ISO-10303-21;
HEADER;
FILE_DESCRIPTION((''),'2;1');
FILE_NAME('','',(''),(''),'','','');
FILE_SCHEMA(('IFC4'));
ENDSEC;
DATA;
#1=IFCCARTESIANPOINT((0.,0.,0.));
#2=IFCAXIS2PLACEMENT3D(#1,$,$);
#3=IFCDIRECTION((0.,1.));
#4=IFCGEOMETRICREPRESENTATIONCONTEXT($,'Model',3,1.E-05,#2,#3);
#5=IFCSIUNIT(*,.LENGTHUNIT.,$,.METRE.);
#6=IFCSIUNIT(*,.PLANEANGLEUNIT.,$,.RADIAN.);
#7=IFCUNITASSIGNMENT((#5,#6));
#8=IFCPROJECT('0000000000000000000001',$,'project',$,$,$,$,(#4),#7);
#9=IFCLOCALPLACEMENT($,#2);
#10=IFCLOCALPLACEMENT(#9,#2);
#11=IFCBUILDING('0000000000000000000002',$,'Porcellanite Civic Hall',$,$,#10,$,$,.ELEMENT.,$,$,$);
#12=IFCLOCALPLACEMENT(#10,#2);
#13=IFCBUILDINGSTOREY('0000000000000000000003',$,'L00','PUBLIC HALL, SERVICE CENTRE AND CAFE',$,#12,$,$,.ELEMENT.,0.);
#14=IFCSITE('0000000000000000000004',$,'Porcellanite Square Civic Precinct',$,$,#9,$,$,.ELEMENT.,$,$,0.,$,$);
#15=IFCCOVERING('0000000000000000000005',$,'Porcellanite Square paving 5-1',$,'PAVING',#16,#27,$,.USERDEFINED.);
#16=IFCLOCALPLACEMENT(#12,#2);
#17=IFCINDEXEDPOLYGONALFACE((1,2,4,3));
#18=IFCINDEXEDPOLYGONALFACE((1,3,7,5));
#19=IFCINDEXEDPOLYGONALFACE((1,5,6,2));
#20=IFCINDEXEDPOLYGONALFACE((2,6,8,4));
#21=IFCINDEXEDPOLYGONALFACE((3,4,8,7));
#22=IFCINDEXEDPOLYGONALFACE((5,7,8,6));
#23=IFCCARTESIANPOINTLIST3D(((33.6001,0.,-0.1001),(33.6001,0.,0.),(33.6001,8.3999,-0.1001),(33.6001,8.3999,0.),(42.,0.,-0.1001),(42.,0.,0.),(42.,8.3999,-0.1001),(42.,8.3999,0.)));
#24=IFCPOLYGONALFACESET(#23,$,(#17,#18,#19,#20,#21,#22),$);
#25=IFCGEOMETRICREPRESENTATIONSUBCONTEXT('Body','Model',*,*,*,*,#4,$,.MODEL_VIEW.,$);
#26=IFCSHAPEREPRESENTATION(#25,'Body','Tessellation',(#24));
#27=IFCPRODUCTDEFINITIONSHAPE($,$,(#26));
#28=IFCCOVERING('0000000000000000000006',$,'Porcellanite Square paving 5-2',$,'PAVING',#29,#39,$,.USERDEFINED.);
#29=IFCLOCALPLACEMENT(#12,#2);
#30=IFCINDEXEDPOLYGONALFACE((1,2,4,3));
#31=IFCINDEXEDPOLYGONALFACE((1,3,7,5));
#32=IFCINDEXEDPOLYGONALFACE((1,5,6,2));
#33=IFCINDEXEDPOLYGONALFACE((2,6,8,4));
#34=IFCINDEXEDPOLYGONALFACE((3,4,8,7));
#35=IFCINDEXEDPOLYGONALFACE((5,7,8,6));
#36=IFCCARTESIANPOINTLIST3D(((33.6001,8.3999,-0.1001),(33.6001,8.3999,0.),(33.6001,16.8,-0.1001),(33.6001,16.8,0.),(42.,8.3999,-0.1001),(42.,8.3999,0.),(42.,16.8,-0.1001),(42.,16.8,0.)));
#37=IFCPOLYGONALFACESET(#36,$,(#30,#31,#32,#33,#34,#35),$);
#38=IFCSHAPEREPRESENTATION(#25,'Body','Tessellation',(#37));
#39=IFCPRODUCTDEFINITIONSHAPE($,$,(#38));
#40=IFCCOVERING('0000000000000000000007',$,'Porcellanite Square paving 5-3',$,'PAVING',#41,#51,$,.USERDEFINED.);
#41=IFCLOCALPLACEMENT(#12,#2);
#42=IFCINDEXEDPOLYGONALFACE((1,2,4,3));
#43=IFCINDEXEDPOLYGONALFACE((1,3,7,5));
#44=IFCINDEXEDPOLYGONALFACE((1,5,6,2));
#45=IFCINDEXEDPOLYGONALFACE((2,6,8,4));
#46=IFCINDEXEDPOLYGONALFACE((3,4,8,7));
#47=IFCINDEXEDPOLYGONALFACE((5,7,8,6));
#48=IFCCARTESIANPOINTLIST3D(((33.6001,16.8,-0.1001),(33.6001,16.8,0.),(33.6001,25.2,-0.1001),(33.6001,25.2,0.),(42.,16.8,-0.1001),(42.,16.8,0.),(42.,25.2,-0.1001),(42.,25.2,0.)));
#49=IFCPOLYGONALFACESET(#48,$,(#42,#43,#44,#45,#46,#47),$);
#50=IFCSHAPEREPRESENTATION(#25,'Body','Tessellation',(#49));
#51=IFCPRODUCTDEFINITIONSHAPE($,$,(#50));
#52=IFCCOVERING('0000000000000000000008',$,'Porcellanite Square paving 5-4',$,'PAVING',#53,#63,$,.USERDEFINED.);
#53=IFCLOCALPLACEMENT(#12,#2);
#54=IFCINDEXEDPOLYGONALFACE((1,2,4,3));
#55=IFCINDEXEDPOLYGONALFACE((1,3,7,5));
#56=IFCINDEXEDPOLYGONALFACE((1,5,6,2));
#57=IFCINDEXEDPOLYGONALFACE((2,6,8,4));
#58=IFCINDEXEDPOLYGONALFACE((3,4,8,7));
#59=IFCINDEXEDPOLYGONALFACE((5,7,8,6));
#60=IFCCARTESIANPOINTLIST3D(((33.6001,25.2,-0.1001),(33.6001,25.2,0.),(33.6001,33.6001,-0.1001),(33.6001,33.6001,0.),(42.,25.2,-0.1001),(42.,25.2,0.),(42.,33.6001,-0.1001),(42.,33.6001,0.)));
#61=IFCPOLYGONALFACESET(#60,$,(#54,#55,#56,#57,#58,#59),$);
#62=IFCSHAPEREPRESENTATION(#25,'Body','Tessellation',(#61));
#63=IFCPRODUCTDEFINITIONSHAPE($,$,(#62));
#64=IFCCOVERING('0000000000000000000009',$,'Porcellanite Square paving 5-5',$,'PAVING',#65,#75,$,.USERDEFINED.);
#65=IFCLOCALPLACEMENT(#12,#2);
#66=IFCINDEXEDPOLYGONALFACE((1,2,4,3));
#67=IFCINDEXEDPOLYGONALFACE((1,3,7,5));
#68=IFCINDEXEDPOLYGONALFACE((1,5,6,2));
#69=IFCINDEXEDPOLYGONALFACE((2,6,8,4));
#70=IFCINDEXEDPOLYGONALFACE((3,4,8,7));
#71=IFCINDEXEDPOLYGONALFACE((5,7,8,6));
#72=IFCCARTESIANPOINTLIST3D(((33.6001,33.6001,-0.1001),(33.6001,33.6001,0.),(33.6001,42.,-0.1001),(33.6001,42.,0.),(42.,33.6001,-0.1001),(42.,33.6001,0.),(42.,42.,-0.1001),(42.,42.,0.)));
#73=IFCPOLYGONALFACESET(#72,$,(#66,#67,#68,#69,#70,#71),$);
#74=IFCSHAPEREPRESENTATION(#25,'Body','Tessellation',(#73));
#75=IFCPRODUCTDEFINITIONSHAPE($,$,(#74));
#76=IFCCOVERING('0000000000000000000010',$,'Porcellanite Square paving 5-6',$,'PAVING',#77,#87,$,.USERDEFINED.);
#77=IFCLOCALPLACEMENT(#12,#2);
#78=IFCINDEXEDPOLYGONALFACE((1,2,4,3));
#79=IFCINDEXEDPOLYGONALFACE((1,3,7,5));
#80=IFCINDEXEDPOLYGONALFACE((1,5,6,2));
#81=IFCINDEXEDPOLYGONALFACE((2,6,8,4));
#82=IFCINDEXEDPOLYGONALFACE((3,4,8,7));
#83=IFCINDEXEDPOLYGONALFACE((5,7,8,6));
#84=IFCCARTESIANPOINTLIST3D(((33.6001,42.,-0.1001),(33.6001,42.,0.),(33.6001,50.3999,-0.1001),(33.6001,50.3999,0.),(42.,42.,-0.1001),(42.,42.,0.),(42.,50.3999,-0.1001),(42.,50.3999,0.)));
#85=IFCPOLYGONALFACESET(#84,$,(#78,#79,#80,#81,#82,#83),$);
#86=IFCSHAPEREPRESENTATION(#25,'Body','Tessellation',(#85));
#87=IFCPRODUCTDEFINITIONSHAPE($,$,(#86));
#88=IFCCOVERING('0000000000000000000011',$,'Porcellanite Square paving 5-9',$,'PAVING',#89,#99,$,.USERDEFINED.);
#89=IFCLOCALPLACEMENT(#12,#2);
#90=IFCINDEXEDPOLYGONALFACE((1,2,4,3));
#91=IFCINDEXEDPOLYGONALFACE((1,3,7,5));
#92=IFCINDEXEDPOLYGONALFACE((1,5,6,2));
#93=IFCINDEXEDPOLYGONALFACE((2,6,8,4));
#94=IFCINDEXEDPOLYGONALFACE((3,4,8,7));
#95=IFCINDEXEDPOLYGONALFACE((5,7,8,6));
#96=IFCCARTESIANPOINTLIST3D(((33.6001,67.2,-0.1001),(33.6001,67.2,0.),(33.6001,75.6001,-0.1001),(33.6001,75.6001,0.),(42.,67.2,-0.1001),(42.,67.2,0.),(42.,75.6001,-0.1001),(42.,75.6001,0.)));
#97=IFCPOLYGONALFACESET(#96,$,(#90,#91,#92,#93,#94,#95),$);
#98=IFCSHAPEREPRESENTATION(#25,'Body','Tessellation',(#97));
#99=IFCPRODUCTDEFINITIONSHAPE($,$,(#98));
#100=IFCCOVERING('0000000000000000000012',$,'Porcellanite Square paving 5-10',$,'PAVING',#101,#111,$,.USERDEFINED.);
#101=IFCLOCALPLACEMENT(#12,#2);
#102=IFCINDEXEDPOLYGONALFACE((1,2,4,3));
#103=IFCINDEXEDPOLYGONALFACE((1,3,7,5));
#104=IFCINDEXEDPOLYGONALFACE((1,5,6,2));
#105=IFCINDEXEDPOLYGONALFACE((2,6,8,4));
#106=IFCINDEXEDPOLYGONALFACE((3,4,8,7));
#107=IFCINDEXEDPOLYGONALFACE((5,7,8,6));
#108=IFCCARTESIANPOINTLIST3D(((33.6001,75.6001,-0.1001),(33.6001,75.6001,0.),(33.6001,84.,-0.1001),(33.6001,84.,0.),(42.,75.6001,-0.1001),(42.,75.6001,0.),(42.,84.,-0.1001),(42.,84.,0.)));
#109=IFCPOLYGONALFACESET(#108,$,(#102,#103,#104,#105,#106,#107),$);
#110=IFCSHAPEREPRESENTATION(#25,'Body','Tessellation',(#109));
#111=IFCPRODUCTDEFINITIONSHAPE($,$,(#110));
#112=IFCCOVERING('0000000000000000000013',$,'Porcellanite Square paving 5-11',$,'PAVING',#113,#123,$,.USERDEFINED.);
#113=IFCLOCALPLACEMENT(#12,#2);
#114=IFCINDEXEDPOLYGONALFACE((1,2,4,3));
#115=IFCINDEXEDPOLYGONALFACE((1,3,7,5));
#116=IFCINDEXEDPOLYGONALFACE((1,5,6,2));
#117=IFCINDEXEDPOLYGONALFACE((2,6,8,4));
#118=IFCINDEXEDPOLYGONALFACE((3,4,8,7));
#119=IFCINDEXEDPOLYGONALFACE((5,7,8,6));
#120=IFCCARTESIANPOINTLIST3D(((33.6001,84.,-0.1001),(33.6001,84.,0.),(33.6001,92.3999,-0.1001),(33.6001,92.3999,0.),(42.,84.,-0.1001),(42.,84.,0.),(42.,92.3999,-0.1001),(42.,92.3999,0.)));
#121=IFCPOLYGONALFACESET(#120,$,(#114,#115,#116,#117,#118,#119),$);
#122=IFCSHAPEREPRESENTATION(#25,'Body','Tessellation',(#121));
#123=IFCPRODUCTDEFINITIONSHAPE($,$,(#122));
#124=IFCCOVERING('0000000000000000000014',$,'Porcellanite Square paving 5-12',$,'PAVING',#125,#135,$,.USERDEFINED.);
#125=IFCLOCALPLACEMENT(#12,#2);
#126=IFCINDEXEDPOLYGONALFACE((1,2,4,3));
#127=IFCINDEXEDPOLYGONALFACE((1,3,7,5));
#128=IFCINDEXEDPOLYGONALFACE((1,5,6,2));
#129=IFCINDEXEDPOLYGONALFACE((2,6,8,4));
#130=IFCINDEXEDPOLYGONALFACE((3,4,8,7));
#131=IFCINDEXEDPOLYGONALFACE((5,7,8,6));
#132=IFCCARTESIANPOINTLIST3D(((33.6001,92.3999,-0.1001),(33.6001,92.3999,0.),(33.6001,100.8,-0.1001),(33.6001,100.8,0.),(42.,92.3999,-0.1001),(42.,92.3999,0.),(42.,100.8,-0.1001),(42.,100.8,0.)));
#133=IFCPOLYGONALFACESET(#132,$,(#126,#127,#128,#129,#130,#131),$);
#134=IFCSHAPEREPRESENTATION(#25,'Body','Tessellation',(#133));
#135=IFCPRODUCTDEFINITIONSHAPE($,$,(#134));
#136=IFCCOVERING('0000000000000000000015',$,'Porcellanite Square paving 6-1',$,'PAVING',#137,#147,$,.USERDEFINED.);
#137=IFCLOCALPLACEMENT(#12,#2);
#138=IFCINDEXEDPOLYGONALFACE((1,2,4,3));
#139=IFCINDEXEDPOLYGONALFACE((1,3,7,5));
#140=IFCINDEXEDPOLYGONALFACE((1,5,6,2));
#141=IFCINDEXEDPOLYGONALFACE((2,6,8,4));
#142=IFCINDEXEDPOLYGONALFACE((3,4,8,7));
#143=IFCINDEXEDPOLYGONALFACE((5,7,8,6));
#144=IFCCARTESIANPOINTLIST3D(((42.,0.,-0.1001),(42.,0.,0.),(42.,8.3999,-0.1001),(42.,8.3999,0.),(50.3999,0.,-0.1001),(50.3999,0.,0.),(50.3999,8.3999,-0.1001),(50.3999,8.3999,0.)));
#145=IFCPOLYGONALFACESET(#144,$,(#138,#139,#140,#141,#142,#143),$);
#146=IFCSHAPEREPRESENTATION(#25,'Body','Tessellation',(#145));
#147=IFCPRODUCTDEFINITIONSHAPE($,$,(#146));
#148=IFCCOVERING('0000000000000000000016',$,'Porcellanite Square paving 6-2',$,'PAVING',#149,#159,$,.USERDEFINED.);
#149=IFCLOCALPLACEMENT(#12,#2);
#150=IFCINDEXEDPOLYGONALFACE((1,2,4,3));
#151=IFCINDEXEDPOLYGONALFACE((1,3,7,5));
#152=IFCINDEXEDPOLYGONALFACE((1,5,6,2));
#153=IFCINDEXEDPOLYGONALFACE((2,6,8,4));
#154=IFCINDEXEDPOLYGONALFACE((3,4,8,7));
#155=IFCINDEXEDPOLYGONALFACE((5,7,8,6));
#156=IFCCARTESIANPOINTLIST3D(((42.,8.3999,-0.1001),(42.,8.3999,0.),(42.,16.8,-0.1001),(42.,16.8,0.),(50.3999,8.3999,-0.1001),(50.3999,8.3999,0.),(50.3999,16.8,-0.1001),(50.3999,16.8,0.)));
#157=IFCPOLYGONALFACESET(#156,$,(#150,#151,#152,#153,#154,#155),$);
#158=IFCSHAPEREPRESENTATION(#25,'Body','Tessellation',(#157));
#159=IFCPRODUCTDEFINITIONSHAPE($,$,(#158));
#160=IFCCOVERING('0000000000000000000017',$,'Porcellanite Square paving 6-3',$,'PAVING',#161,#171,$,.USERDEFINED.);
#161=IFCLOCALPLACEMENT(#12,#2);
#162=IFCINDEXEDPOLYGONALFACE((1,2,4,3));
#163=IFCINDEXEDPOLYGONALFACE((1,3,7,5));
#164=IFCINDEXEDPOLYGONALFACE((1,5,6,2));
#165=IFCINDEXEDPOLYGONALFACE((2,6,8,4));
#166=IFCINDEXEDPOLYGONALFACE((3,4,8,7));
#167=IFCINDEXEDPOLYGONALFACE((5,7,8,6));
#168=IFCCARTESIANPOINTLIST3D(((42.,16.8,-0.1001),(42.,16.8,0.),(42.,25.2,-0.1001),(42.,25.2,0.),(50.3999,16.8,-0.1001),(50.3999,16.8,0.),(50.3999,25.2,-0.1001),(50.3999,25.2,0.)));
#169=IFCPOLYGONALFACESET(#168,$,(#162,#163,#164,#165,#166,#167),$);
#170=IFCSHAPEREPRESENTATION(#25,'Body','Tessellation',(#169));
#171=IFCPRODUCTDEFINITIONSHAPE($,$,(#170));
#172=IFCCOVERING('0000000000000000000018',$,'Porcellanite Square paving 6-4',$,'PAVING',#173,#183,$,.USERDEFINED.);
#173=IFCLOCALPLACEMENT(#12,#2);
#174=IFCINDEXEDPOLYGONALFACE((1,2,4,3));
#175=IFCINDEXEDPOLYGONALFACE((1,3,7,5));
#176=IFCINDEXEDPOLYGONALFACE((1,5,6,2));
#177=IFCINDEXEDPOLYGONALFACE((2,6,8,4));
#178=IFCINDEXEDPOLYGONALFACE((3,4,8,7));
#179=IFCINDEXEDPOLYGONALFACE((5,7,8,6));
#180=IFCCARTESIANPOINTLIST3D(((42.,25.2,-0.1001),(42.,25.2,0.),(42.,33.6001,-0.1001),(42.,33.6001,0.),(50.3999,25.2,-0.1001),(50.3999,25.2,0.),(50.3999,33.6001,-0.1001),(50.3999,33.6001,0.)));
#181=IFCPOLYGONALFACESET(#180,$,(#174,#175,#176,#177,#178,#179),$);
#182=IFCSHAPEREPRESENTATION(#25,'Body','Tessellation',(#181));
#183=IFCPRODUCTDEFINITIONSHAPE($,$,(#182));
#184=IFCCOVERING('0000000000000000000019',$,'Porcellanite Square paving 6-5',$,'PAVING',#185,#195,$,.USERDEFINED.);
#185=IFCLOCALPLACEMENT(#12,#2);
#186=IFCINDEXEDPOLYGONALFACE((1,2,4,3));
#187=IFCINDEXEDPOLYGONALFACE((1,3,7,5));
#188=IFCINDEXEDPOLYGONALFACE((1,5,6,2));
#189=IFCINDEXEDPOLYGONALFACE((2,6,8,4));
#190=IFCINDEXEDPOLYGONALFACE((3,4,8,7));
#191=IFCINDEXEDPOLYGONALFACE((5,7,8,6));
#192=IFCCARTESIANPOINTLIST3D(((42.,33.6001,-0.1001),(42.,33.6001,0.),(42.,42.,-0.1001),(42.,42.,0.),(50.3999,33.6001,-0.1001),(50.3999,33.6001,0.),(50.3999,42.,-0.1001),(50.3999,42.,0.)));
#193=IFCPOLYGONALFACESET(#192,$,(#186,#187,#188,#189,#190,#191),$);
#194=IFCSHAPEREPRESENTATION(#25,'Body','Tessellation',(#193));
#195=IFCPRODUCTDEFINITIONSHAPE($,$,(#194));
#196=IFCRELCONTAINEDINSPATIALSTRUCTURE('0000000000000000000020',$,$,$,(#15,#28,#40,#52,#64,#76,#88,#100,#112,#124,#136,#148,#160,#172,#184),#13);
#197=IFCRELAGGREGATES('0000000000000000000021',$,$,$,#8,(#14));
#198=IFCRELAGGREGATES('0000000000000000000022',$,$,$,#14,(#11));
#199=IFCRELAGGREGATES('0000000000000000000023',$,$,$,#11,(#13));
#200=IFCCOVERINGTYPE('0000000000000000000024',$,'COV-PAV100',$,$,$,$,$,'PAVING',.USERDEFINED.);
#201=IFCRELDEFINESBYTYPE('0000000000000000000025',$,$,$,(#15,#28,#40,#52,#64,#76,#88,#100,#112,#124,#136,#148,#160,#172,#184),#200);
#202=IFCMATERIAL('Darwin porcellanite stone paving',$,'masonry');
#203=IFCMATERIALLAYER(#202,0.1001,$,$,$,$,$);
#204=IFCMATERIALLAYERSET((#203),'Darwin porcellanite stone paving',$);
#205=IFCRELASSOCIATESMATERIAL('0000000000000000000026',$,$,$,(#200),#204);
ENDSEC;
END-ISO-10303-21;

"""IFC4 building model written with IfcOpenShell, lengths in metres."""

from ifc_helpers import new_model, si_unit, direction, frame, origin, place, context, subcontext, project, spatial, polyline, outline, extrude, material, layer, layer_set, type_object, element, save


model = new_model("IFC4")

# Units and contexts
model_context = context("Model", 3, precision=1e-05, world=origin(), true_north=direction((0.0, 1.0)))
body_context = subcontext(model_context, "Body", "Model", "MODEL_VIEW")
ifc_project = project(units=[si_unit("LENGTHUNIT", "METRE"), si_unit("PLANEANGLEUNIT", "RADIAN")], contexts=[model_context])

# Site, building, storey
site_placement = place(None, origin())
site = spatial("IfcSite", under=ifc_project, at=site_placement, Name="Porcellanite Square Civic Precinct", CompositionType="ELEMENT", RefElevation=0.0)
building_placement = place(site_placement, origin())
building = spatial("IfcBuilding", under=site, at=building_placement, Name="Porcellanite Civic Hall", CompositionType="ELEMENT")
storey_placement = place(building_placement, origin())
storey = spatial("IfcBuildingStorey", under=building, at=storey_placement, Name="L00", Description="PUBLIC HALL, SERVICE CENTRE AND CAFE", CompositionType="ELEMENT", Elevation=0.0)

# Coverings
ifc_material = material(Name="Darwin porcellanite stone paving", Category="masonry")
ifc_layer = layer(ifc_material, 0.1001)
ifc_layer_set = layer_set([ifc_layer], Name="Darwin porcellanite stone paving")
covering_type = type_object("IfcCoveringType", Name="COV-PAV100", ElementType="PAVING", PredefinedType="USERDEFINED", material=ifc_layer_set)
covering_1_placement = place(storey_placement, frame((0.0, 0.0, -0.1001)))
element("IfcCovering", 1, at=covering_1_placement, inside=storey, type_object=covering_type, Name="Porcellanite Square paving 5-1", ObjectType="PAVING", PredefinedType="USERDEFINED", context=body_context, shape_type="SweptSolid", body=[
    extrude(outline(polyline([(33.6001, 0.0), (42.0, 0.0), (42.0, 8.3999), (33.6001, 8.3999), (33.6001, 0.0)])), origin(), (0.0, 0.0, 1.0), 0.1001),
])
covering_2_placement = place(storey_placement, frame((0.0, 0.0, -0.1001)))
element("IfcCovering", 2, at=covering_2_placement, inside=storey, type_object=covering_type, Name="Porcellanite Square paving 5-2", ObjectType="PAVING", PredefinedType="USERDEFINED", context=body_context, shape_type="SweptSolid", body=[
    extrude(outline(polyline([(33.6001, 8.3999), (42.0, 8.3999), (42.0, 16.8), (33.6001, 16.8), (33.6001, 8.3999)])), origin(), (0.0, 0.0, 1.0), 0.1001),
])
covering_3_placement = place(storey_placement, frame((0.0, 0.0, -0.1001)))
element("IfcCovering", 3, at=covering_3_placement, inside=storey, type_object=covering_type, Name="Porcellanite Square paving 5-3", ObjectType="PAVING", PredefinedType="USERDEFINED", context=body_context, shape_type="SweptSolid", body=[
    extrude(outline(polyline([(33.6001, 16.8), (42.0, 16.8), (42.0, 25.2), (33.6001, 25.2), (33.6001, 16.8)])), origin(), (0.0, 0.0, 1.0), 0.1001),
])
covering_4_placement = place(storey_placement, frame((0.0, 0.0, -0.1001)))
element("IfcCovering", 4, at=covering_4_placement, inside=storey, type_object=covering_type, Name="Porcellanite Square paving 5-4", ObjectType="PAVING", PredefinedType="USERDEFINED", context=body_context, shape_type="SweptSolid", body=[
    extrude(outline(polyline([(33.6001, 25.2), (42.0, 25.2), (42.0, 33.6001), (33.6001, 33.6001), (33.6001, 25.2)])), origin(), (0.0, 0.0, 1.0), 0.1001),
])
covering_5_placement = place(storey_placement, frame((0.0, 0.0, -0.1001)))
element("IfcCovering", 5, at=covering_5_placement, inside=storey, type_object=covering_type, Name="Porcellanite Square paving 5-5", ObjectType="PAVING", PredefinedType="USERDEFINED", context=body_context, shape_type="SweptSolid", body=[
    extrude(outline(polyline([(33.6001, 33.6001), (42.0, 33.6001), (42.0, 42.0), (33.6001, 42.0), (33.6001, 33.6001)])), origin(), (0.0, 0.0, 1.0), 0.1001),
])
covering_6_placement = place(storey_placement, frame((0.0, 0.0, -0.1001)))
element("IfcCovering", 6, at=covering_6_placement, inside=storey, type_object=covering_type, Name="Porcellanite Square paving 5-6", ObjectType="PAVING", PredefinedType="USERDEFINED", context=body_context, shape_type="SweptSolid", body=[
    extrude(outline(polyline([(33.6001, 42.0), (42.0, 42.0), (42.0, 50.3999), (33.6001, 50.3999), (33.6001, 42.0)])), origin(), (0.0, 0.0, 1.0), 0.1001),
])
covering_7_placement = place(storey_placement, frame((0.0, 0.0, -0.1001)))
element("IfcCovering", 7, at=covering_7_placement, inside=storey, type_object=covering_type, Name="Porcellanite Square paving 5-9", ObjectType="PAVING", PredefinedType="USERDEFINED", context=body_context, shape_type="SweptSolid", body=[
    extrude(outline(polyline([(33.6001, 67.2), (42.0, 67.2), (42.0, 75.6001), (33.6001, 75.6001), (33.6001, 67.2)])), origin(), (0.0, 0.0, 1.0), 0.1001),
])
covering_8_placement = place(storey_placement, frame((0.0, 0.0, -0.1001)))
element("IfcCovering", 8, at=covering_8_placement, inside=storey, type_object=covering_type, Name="Porcellanite Square paving 5-10", ObjectType="PAVING", PredefinedType="USERDEFINED", context=body_context, shape_type="SweptSolid", body=[
    extrude(outline(polyline([(33.6001, 75.6001), (42.0, 75.6001), (42.0, 84.0), (33.6001, 84.0), (33.6001, 75.6001)])), origin(), (0.0, 0.0, 1.0), 0.1001),
])
covering_9_placement = place(storey_placement, frame((0.0, 0.0, -0.1001)))
element("IfcCovering", 9, at=covering_9_placement, inside=storey, type_object=covering_type, Name="Porcellanite Square paving 5-11", ObjectType="PAVING", PredefinedType="USERDEFINED", context=body_context, shape_type="SweptSolid", body=[
    extrude(outline(polyline([(33.6001, 84.0), (42.0, 84.0), (42.0, 92.3999), (33.6001, 92.3999), (33.6001, 84.0)])), origin(), (0.0, 0.0, 1.0), 0.1001),
])
covering_10_placement = place(storey_placement, frame((0.0, 0.0, -0.1001)))
element("IfcCovering", 10, at=covering_10_placement, inside=storey, type_object=covering_type, Name="Porcellanite Square paving 5-12", ObjectType="PAVING", PredefinedType="USERDEFINED", context=body_context, shape_type="SweptSolid", body=[
    extrude(outline(polyline([(33.6001, 92.3999), (42.0, 92.3999), (42.0, 100.8), (33.6001, 100.8), (33.6001, 92.3999)])), origin(), (0.0, 0.0, 1.0), 0.1001),
])
covering_11_placement = place(storey_placement, frame((0.0, 0.0, -0.1001)))
element("IfcCovering", 11, at=covering_11_placement, inside=storey, type_object=covering_type, Name="Porcellanite Square paving 6-1", ObjectType="PAVING", PredefinedType="USERDEFINED", context=body_context, shape_type="SweptSolid", body=[
    extrude(outline(polyline([(42.0, 0.0), (50.3999, 0.0), (50.3999, 8.3999), (42.0, 8.3999), (42.0, 0.0)])), origin(), (0.0, 0.0, 1.0), 0.1001),
])
covering_12_placement = place(storey_placement, frame((0.0, 0.0, -0.1001)))
element("IfcCovering", 12, at=covering_12_placement, inside=storey, type_object=covering_type, Name="Porcellanite Square paving 6-2", ObjectType="PAVING", PredefinedType="USERDEFINED", context=body_context, shape_type="SweptSolid", body=[
    extrude(outline(polyline([(42.0, 8.3999), (50.3999, 8.3999), (50.3999, 16.8), (42.0, 16.8), (42.0, 8.3999)])), origin(), (0.0, 0.0, 1.0), 0.1001),
])
covering_13_placement = place(storey_placement, frame((0.0, 0.0, -0.1001)))
element("IfcCovering", 13, at=covering_13_placement, inside=storey, type_object=covering_type, Name="Porcellanite Square paving 6-3", ObjectType="PAVING", PredefinedType="USERDEFINED", context=body_context, shape_type="SweptSolid", body=[
    extrude(outline(polyline([(42.0, 16.8), (50.3999, 16.8), (50.3999, 25.2), (42.0, 25.2), (42.0, 16.8)])), origin(), (0.0, 0.0, 1.0), 0.1001),
])
covering_14_placement = place(storey_placement, frame((0.0, 0.0, -0.1001)))
element("IfcCovering", 14, at=covering_14_placement, inside=storey, type_object=covering_type, Name="Porcellanite Square paving 6-4", ObjectType="PAVING", PredefinedType="USERDEFINED", context=body_context, shape_type="SweptSolid", body=[
    extrude(outline(polyline([(42.0, 25.2), (50.3999, 25.2), (50.3999, 33.6001), (42.0, 33.6001), (42.0, 25.2)])), origin(), (0.0, 0.0, 1.0), 0.1001),
])
covering_15_placement = place(storey_placement, frame((0.0, 0.0, -0.1001)))
element("IfcCovering", 15, at=covering_15_placement, inside=storey, type_object=covering_type, Name="Porcellanite Square paving 6-5", ObjectType="PAVING", PredefinedType="USERDEFINED", context=body_context, shape_type="SweptSolid", body=[
    extrude(outline(polyline([(42.0, 33.6001), (50.3999, 33.6001), (50.3999, 42.0), (42.0, 42.0), (42.0, 33.6001)])), origin(), (0.0, 0.0, 1.0), 0.1001),
])

save(model, "model.ifc")
